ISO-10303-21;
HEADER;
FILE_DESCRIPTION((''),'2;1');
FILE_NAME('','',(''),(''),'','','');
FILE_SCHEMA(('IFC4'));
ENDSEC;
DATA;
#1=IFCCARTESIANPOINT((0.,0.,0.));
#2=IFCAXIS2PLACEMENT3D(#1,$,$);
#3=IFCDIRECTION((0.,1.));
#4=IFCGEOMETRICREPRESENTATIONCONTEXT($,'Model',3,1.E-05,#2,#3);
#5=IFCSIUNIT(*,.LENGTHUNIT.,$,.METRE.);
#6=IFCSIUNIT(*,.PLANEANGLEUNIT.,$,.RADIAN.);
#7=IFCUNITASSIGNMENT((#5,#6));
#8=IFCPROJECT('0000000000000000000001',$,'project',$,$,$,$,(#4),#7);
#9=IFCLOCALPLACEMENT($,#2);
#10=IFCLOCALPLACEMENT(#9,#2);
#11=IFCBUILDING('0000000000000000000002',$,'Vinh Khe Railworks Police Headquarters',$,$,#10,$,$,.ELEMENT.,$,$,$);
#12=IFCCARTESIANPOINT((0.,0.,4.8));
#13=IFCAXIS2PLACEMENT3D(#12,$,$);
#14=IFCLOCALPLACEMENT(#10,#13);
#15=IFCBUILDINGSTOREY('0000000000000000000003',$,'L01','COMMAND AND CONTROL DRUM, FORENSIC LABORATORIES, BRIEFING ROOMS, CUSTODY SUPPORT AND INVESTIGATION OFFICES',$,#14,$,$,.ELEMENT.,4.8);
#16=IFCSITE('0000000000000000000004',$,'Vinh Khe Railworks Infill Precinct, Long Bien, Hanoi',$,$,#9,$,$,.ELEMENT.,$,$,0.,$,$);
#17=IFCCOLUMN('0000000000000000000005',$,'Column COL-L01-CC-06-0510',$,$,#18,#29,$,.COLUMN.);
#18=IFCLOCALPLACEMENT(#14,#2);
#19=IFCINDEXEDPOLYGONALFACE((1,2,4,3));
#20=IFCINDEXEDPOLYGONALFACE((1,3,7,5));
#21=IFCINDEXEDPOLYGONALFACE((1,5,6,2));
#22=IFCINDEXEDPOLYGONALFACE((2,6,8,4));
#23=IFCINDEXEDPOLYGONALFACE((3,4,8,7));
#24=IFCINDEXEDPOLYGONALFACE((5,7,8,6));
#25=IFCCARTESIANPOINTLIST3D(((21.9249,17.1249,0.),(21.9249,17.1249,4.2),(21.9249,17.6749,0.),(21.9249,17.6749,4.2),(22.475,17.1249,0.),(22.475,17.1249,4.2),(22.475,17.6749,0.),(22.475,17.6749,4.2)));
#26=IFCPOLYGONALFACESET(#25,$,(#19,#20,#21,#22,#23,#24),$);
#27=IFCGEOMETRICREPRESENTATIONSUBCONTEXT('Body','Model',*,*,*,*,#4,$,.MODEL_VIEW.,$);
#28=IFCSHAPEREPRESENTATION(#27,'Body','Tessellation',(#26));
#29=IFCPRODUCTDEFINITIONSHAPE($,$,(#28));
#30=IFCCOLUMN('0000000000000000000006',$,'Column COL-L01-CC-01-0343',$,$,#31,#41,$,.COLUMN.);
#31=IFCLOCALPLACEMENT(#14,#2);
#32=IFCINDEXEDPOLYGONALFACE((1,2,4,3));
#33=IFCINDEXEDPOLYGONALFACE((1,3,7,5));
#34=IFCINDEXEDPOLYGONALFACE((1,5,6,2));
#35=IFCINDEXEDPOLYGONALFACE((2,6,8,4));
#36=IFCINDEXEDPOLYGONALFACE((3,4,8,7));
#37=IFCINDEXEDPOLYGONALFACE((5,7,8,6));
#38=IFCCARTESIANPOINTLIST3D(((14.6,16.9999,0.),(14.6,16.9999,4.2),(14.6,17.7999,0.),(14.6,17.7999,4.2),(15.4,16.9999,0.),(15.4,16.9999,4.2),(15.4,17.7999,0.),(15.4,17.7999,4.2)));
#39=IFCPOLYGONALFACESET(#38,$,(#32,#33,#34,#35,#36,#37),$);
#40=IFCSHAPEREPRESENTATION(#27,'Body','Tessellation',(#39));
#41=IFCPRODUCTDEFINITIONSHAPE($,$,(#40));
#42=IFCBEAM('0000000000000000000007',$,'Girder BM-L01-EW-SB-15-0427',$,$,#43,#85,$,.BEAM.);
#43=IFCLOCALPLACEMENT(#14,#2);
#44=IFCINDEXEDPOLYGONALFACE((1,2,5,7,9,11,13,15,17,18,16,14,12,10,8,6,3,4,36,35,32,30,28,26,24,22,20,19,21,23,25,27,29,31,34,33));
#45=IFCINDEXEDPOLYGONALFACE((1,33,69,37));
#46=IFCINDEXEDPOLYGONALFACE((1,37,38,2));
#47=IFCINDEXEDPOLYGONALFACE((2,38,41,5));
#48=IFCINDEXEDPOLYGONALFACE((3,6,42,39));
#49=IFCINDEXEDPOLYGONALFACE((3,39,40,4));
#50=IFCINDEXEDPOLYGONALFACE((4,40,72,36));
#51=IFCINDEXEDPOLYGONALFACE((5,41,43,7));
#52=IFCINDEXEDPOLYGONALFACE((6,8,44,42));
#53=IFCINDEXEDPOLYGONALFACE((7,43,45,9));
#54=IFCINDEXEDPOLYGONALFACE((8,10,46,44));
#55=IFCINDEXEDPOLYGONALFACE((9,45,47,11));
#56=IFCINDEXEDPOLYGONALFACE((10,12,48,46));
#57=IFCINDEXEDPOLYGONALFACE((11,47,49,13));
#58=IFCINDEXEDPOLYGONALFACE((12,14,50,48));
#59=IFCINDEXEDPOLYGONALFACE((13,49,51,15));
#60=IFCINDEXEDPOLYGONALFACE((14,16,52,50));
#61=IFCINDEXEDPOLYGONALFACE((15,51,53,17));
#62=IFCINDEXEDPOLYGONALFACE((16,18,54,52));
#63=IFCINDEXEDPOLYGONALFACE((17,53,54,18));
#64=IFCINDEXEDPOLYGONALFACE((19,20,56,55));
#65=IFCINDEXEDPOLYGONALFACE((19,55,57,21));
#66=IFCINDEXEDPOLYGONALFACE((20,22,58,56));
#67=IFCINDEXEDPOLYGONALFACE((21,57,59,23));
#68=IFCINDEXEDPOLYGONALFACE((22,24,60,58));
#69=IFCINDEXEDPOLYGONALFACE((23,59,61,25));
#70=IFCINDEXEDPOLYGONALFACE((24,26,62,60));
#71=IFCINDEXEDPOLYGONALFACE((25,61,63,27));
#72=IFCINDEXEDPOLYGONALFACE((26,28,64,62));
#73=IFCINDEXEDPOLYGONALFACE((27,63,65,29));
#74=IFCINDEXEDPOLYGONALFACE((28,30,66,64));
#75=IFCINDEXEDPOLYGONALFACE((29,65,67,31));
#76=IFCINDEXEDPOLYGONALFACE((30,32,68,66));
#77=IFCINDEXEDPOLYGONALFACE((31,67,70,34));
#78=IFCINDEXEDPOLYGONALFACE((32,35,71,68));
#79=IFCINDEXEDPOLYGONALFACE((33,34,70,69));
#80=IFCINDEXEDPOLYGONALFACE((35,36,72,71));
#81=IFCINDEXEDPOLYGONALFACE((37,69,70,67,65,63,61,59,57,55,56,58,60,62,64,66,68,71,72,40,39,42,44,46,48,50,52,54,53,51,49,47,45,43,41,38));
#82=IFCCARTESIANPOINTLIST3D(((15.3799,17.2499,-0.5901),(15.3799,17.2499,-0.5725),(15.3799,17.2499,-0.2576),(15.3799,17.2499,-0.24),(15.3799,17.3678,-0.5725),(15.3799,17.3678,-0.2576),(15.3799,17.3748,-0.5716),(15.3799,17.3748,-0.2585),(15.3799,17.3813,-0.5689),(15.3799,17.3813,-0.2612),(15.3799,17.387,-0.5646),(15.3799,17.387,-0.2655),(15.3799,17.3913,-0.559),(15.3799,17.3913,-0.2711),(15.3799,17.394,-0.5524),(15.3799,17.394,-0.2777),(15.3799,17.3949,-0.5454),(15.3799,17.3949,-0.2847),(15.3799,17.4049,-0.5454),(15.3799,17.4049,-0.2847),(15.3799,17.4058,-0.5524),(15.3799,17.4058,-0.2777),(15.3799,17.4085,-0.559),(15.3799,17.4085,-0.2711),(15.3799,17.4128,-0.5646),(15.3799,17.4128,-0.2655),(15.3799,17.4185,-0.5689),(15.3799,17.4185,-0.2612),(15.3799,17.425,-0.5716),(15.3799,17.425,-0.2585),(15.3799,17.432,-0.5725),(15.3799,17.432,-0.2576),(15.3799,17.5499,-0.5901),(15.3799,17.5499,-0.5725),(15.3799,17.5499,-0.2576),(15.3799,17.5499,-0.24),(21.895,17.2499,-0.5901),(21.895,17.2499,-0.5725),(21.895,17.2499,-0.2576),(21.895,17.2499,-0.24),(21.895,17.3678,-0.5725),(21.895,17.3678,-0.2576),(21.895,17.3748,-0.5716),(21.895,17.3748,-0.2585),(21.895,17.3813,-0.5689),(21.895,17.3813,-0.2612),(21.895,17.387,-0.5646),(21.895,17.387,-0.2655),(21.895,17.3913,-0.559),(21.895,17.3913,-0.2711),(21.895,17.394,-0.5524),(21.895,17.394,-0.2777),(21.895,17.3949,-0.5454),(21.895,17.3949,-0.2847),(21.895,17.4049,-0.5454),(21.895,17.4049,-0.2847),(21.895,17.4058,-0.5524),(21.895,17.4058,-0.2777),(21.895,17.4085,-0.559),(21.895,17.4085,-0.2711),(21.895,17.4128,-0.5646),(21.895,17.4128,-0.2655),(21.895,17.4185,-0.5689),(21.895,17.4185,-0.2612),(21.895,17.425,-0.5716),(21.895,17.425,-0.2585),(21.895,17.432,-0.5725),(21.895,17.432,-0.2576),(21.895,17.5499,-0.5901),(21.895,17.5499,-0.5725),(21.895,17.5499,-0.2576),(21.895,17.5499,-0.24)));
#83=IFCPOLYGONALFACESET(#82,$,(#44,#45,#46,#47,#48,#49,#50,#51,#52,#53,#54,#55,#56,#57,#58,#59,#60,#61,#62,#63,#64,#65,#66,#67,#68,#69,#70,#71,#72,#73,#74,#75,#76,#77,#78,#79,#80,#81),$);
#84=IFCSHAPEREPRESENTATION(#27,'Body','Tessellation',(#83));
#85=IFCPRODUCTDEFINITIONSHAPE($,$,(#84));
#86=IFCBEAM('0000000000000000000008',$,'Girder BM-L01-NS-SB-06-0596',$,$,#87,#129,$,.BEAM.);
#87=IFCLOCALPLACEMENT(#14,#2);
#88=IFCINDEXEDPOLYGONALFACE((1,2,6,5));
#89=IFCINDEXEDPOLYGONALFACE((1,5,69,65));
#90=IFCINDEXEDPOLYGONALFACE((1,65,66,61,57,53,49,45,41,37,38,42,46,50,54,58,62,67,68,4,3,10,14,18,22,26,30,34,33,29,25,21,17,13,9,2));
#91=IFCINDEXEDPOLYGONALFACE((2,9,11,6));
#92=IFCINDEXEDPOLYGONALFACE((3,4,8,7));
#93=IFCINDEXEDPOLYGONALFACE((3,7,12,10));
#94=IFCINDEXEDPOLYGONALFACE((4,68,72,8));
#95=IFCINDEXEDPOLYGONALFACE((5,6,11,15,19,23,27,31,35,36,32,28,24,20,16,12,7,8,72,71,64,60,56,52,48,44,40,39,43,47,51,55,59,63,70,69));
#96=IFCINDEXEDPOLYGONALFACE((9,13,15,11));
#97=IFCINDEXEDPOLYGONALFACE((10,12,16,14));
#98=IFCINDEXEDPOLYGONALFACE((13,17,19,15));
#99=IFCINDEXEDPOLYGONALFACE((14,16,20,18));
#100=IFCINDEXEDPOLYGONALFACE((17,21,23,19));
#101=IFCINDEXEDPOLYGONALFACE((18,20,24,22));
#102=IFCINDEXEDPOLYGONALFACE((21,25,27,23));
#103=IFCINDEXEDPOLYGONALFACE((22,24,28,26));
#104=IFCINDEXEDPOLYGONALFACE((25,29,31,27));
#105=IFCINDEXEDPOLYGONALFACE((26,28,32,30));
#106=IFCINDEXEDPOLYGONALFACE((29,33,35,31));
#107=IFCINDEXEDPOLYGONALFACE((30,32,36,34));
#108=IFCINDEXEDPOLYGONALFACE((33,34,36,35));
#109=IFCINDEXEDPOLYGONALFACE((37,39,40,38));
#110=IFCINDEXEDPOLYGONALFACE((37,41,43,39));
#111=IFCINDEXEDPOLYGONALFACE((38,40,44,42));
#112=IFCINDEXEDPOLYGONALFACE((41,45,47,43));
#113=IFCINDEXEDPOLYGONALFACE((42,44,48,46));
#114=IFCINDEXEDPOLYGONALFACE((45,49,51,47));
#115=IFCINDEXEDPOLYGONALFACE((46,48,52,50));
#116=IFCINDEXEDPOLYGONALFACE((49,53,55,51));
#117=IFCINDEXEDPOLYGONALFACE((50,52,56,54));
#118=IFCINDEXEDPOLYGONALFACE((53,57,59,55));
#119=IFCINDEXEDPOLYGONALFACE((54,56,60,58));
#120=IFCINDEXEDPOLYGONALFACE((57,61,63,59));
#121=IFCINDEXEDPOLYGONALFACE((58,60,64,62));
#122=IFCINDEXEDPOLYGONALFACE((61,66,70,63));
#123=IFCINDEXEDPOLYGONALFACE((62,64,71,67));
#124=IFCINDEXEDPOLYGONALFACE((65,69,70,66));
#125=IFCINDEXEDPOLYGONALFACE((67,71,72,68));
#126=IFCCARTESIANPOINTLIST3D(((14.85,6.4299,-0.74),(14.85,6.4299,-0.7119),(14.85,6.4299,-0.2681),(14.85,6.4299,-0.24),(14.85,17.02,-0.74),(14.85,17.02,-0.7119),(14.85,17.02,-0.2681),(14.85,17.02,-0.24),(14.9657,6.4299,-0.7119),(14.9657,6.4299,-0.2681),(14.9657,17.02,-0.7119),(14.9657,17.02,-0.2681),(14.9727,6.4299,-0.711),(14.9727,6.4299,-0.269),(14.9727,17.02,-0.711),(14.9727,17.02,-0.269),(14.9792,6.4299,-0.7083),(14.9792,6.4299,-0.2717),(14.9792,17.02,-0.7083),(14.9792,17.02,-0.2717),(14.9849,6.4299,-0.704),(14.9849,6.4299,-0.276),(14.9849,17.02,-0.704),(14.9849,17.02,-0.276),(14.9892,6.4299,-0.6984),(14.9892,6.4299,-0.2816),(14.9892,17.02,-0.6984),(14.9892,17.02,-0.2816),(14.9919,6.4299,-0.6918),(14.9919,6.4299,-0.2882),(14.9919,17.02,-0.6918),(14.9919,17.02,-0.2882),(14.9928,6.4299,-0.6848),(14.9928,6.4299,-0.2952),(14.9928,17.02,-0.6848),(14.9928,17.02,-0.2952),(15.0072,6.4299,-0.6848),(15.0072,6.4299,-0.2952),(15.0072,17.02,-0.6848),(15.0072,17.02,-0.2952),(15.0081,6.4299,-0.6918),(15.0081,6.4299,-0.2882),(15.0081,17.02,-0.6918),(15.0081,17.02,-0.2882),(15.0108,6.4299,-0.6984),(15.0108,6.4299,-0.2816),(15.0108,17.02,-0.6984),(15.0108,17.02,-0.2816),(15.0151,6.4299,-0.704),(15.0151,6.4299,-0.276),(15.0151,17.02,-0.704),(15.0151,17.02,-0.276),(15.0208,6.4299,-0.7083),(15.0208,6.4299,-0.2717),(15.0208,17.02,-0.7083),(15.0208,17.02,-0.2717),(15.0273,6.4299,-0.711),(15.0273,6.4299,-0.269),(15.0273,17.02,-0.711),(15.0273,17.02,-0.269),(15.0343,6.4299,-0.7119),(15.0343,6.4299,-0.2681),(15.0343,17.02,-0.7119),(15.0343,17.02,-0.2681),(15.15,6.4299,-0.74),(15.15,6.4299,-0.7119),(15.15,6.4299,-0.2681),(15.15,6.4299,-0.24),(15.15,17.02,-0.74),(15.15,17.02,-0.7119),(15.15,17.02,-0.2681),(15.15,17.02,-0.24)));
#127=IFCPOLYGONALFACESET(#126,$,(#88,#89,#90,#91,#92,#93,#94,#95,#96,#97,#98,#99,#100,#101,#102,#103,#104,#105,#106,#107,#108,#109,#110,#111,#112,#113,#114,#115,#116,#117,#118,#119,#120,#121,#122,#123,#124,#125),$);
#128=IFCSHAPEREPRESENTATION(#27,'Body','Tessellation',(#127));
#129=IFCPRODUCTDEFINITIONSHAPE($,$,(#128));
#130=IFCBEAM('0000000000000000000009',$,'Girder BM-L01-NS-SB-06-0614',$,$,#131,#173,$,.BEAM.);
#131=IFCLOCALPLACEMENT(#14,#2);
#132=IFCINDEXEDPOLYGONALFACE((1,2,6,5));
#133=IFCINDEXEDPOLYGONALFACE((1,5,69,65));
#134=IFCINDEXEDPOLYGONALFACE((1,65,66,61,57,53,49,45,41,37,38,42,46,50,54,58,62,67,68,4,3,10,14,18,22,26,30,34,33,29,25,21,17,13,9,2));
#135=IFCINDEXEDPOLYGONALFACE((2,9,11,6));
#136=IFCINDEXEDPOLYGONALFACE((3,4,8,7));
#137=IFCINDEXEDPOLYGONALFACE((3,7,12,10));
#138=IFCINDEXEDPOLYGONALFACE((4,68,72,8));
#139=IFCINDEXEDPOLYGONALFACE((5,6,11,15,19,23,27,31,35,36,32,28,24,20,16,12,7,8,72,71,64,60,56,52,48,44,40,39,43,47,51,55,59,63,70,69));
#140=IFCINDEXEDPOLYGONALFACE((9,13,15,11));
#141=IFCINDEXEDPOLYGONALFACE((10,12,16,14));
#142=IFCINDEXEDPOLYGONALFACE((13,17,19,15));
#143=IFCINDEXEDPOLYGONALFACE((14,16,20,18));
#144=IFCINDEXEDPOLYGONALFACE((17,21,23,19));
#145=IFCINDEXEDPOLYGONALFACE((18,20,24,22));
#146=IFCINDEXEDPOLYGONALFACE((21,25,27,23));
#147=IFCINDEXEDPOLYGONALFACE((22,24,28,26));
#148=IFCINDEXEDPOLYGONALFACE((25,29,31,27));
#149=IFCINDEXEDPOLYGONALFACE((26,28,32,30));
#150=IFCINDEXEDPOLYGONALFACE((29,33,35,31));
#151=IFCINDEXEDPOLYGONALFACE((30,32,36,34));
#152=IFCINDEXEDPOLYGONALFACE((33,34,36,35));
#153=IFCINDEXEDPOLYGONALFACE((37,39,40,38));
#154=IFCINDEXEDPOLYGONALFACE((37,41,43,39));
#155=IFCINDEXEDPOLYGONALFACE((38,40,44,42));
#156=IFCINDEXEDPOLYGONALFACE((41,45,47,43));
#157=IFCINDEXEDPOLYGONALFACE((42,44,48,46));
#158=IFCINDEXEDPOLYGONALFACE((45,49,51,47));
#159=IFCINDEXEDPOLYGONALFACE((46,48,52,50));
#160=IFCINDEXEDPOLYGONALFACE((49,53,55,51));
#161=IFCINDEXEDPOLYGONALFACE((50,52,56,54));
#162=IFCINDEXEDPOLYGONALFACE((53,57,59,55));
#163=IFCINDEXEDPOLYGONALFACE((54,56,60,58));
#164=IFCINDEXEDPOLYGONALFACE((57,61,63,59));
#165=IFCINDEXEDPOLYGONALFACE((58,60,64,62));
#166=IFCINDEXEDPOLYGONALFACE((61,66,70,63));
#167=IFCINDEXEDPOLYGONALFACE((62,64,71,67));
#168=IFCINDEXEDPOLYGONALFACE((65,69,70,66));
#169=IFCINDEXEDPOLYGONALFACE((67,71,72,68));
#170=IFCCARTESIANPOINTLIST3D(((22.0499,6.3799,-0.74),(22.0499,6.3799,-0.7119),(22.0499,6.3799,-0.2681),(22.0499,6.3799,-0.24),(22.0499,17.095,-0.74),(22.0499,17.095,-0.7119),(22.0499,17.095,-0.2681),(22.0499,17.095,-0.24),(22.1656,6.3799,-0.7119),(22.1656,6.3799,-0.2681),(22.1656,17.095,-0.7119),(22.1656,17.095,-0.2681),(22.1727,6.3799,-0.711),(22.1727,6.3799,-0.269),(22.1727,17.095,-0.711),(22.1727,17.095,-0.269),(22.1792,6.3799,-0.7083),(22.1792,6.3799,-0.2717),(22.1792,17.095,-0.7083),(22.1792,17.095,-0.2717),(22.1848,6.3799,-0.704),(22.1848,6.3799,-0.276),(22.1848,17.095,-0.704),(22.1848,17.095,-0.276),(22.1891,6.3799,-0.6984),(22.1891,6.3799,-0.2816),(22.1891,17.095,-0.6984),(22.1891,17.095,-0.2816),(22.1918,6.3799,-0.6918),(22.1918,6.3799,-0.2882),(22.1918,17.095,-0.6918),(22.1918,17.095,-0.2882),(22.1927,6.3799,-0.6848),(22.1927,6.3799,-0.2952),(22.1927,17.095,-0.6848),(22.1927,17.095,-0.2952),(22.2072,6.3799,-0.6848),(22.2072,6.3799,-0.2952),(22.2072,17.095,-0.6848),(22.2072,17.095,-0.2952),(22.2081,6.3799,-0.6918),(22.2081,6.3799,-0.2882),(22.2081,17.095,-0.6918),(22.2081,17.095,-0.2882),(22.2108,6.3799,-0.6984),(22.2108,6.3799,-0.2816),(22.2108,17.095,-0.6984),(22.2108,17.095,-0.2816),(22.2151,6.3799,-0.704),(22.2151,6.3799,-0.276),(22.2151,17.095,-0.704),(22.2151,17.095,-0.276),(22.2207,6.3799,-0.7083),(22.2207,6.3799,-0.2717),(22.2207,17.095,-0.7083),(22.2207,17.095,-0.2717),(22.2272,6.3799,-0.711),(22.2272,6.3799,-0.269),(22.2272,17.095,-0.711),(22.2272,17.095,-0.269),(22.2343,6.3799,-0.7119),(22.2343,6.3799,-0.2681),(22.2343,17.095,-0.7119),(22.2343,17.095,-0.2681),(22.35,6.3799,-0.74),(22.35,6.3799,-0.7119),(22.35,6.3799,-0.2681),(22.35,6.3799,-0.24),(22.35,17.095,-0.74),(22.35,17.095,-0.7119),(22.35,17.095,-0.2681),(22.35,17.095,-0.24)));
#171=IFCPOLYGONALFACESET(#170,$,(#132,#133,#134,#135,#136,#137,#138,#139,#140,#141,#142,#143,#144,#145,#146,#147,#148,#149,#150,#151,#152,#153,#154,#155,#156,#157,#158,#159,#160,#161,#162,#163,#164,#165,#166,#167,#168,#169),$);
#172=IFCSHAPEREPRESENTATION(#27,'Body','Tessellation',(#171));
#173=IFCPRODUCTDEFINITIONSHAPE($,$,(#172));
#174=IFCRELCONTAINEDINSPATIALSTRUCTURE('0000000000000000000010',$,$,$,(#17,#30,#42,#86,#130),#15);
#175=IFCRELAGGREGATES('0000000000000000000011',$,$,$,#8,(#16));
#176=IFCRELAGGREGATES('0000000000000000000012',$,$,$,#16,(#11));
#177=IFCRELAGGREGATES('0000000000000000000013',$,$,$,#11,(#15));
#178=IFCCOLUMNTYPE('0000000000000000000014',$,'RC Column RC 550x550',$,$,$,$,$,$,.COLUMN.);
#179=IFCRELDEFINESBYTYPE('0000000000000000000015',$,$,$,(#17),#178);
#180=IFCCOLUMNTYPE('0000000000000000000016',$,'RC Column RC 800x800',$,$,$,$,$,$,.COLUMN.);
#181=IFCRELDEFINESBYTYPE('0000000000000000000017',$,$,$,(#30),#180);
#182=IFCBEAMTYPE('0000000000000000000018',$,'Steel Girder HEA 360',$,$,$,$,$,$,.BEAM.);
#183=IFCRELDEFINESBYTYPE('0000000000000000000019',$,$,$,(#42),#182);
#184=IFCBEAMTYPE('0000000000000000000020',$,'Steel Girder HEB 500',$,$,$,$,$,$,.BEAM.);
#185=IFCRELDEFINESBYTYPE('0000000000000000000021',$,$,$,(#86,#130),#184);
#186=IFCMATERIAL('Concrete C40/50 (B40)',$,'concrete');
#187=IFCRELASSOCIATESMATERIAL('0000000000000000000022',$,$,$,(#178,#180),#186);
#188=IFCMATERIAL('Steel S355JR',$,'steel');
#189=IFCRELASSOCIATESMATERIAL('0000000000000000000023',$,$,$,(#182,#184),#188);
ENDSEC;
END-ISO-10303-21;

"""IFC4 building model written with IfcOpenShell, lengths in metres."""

from ifc_helpers import new_model, si_unit, direction, frame, origin, origin_2d, place, context, subcontext, project, spatial, rectangle, i_section, extrude, material, material_profile, profile_set, type_object, element, save


model = new_model("IFC4")

# Units and contexts
model_context = context("Model", 3, precision=1e-05, world=origin(), true_north=direction((0.0, 1.0)))
body_context = subcontext(model_context, "Body", "Model", "MODEL_VIEW")
ifc_project = project(units=[si_unit("LENGTHUNIT", "METRE"), si_unit("PLANEANGLEUNIT", "RADIAN")], contexts=[model_context])

# Site, building, storey
site_placement = place(None, origin())
site = spatial("IfcSite", under=ifc_project, at=site_placement, Name="Vinh Khe Railworks Infill Precinct, Long Bien, Hanoi", CompositionType="ELEMENT", RefElevation=0.0)
building_placement = place(site_placement, origin())
building = spatial("IfcBuilding", under=site, at=building_placement, Name="Vinh Khe Railworks Police Headquarters", CompositionType="ELEMENT")
storey_placement = place(building_placement, frame((0.0, 0.0, 4.8)))
storey = spatial("IfcBuildingStorey", under=building, at=storey_placement, Name="L01", Description="COMMAND AND CONTROL DRUM, FORENSIC LABORATORIES, BRIEFING ROOMS, CUSTODY SUPPORT AND INVESTIGATION OFFICES", CompositionType="ELEMENT", Elevation=4.8)

# Columns
ifc_material_1 = material(Name="Concrete C40/50 (B40)", Category="concrete")
ifc_material_profile_1 = material_profile(ifc_material_1, rectangle(XDim=0.55, YDim=0.55, at=origin_2d()), Name="RC 550x550")
ifc_profile_set_1 = profile_set([ifc_material_profile_1], Name="Concrete C40/50 (B40)")
column_type_1 = type_object("IfcColumnType", Name="RC Column RC 550x550", PredefinedType="COLUMN", material=ifc_profile_set_1)
column_1_placement = place(storey_placement, frame((22.2, 17.3999, 0.0), z_axis=(0.0, 0.0, 1.0), x_axis=(1.0, 0.0, 0.0)))
element("IfcColumn", 1, at=column_1_placement, inside=storey, type_object=column_type_1, Name="Column COL-L01-CC-06-0510", PredefinedType="COLUMN", context=body_context, shape_type="SweptSolid", body=[
    extrude(rectangle(XDim=0.55, YDim=0.55, at=origin_2d()), origin(), (0.0, 0.0, 1.0), 4.2),
])
ifc_material_profile_2 = material_profile(ifc_material_1, rectangle(XDim=0.8, YDim=0.8, at=origin_2d()), Name="RC 800x800")
ifc_profile_set_2 = profile_set([ifc_material_profile_2], Name="Concrete C40/50 (B40)")
column_type_2 = type_object("IfcColumnType", Name="RC Column RC 800x800", PredefinedType="COLUMN", material=ifc_profile_set_2)
column_2_placement = place(storey_placement, frame((15.0, 17.3999, 0.0), z_axis=(0.0, 0.0, 1.0), x_axis=(1.0, 0.0, 0.0)))
element("IfcColumn", 2, at=column_2_placement, inside=storey, type_object=column_type_2, Name="Column COL-L01-CC-01-0343", PredefinedType="COLUMN", context=body_context, shape_type="SweptSolid", body=[
    extrude(rectangle(XDim=0.8, YDim=0.8, at=origin_2d()), origin(), (0.0, 0.0, 1.0), 4.2),
])

# Beams
ifc_material_2 = material(Name="Steel S355JR", Category="steel")
ifc_material_profile_3 = material_profile(ifc_material_2, i_section(OverallWidth=0.3, OverallDepth=0.3501, WebThickness=0.01, FlangeThickness=0.0176, FilletRadius=0.0271, at=origin_2d()), Name="HEA 360")
ifc_profile_set_3 = profile_set([ifc_material_profile_3], Name="Steel S355JR")
beam_type_1 = type_object("IfcBeamType", Name="Steel Girder HEA 360", PredefinedType="BEAM", material=ifc_profile_set_3)
beam_1_placement = place(storey_placement, frame((15.3799, 17.3999, -0.415), z_axis=(1.0, 0.0, 0.0), x_axis=(0.0, 1.0, 0.0)))
element("IfcBeam", 3, at=beam_1_placement, inside=storey, type_object=beam_type_1, Name="Girder BM-L01-EW-SB-15-0427", PredefinedType="BEAM", context=body_context, shape_type="SweptSolid", body=[
    extrude(i_section(OverallWidth=0.3, OverallDepth=0.3501, WebThickness=0.01, FlangeThickness=0.0176, FilletRadius=0.0271, at=origin_2d()), origin(), (0.0, 0.0, 1.0), 6.5151),
])
ifc_material_profile_4 = material_profile(ifc_material_2, i_section(OverallWidth=0.3, OverallDepth=0.5, WebThickness=0.0144, FlangeThickness=0.0281, FilletRadius=0.0271, at=origin_2d()), Name="HEB 500")
ifc_profile_set_4 = profile_set([ifc_material_profile_4], Name="Steel S355JR")
beam_type_2 = type_object("IfcBeamType", Name="Steel Girder HEB 500", PredefinedType="BEAM", material=ifc_profile_set_4)
beam_2_placement = place(storey_placement, frame((15.0, 6.4299, -0.49), z_axis=(0.0, 1.0, 0.0), x_axis=(-1.0, 0.0, 0.0)))
element("IfcBeam", 4, at=beam_2_placement, inside=storey, type_object=beam_type_2, Name="Girder BM-L01-NS-SB-06-0596", PredefinedType="BEAM", context=body_context, shape_type="SweptSolid", body=[
    extrude(i_section(OverallWidth=0.3, OverallDepth=0.5, WebThickness=0.0144, FlangeThickness=0.0281, FilletRadius=0.0271, at=origin_2d()), origin(), (0.0, 0.0, 1.0), 10.5901),
])
beam_3_placement = place(storey_placement, frame((22.2, 6.3799, -0.49), z_axis=(0.0, 1.0, 0.0), x_axis=(-1.0, 0.0, 0.0)))
element("IfcBeam", 5, at=beam_3_placement, inside=storey, type_object=beam_type_2, Name="Girder BM-L01-NS-SB-06-0614", PredefinedType="BEAM", context=body_context, shape_type="SweptSolid", body=[
    extrude(i_section(OverallWidth=0.3, OverallDepth=0.5, WebThickness=0.0144, FlangeThickness=0.0281, FilletRadius=0.0271, at=origin_2d()), origin(), (0.0, 0.0, 1.0), 10.7151),
])

save(model, "model.ifc")
